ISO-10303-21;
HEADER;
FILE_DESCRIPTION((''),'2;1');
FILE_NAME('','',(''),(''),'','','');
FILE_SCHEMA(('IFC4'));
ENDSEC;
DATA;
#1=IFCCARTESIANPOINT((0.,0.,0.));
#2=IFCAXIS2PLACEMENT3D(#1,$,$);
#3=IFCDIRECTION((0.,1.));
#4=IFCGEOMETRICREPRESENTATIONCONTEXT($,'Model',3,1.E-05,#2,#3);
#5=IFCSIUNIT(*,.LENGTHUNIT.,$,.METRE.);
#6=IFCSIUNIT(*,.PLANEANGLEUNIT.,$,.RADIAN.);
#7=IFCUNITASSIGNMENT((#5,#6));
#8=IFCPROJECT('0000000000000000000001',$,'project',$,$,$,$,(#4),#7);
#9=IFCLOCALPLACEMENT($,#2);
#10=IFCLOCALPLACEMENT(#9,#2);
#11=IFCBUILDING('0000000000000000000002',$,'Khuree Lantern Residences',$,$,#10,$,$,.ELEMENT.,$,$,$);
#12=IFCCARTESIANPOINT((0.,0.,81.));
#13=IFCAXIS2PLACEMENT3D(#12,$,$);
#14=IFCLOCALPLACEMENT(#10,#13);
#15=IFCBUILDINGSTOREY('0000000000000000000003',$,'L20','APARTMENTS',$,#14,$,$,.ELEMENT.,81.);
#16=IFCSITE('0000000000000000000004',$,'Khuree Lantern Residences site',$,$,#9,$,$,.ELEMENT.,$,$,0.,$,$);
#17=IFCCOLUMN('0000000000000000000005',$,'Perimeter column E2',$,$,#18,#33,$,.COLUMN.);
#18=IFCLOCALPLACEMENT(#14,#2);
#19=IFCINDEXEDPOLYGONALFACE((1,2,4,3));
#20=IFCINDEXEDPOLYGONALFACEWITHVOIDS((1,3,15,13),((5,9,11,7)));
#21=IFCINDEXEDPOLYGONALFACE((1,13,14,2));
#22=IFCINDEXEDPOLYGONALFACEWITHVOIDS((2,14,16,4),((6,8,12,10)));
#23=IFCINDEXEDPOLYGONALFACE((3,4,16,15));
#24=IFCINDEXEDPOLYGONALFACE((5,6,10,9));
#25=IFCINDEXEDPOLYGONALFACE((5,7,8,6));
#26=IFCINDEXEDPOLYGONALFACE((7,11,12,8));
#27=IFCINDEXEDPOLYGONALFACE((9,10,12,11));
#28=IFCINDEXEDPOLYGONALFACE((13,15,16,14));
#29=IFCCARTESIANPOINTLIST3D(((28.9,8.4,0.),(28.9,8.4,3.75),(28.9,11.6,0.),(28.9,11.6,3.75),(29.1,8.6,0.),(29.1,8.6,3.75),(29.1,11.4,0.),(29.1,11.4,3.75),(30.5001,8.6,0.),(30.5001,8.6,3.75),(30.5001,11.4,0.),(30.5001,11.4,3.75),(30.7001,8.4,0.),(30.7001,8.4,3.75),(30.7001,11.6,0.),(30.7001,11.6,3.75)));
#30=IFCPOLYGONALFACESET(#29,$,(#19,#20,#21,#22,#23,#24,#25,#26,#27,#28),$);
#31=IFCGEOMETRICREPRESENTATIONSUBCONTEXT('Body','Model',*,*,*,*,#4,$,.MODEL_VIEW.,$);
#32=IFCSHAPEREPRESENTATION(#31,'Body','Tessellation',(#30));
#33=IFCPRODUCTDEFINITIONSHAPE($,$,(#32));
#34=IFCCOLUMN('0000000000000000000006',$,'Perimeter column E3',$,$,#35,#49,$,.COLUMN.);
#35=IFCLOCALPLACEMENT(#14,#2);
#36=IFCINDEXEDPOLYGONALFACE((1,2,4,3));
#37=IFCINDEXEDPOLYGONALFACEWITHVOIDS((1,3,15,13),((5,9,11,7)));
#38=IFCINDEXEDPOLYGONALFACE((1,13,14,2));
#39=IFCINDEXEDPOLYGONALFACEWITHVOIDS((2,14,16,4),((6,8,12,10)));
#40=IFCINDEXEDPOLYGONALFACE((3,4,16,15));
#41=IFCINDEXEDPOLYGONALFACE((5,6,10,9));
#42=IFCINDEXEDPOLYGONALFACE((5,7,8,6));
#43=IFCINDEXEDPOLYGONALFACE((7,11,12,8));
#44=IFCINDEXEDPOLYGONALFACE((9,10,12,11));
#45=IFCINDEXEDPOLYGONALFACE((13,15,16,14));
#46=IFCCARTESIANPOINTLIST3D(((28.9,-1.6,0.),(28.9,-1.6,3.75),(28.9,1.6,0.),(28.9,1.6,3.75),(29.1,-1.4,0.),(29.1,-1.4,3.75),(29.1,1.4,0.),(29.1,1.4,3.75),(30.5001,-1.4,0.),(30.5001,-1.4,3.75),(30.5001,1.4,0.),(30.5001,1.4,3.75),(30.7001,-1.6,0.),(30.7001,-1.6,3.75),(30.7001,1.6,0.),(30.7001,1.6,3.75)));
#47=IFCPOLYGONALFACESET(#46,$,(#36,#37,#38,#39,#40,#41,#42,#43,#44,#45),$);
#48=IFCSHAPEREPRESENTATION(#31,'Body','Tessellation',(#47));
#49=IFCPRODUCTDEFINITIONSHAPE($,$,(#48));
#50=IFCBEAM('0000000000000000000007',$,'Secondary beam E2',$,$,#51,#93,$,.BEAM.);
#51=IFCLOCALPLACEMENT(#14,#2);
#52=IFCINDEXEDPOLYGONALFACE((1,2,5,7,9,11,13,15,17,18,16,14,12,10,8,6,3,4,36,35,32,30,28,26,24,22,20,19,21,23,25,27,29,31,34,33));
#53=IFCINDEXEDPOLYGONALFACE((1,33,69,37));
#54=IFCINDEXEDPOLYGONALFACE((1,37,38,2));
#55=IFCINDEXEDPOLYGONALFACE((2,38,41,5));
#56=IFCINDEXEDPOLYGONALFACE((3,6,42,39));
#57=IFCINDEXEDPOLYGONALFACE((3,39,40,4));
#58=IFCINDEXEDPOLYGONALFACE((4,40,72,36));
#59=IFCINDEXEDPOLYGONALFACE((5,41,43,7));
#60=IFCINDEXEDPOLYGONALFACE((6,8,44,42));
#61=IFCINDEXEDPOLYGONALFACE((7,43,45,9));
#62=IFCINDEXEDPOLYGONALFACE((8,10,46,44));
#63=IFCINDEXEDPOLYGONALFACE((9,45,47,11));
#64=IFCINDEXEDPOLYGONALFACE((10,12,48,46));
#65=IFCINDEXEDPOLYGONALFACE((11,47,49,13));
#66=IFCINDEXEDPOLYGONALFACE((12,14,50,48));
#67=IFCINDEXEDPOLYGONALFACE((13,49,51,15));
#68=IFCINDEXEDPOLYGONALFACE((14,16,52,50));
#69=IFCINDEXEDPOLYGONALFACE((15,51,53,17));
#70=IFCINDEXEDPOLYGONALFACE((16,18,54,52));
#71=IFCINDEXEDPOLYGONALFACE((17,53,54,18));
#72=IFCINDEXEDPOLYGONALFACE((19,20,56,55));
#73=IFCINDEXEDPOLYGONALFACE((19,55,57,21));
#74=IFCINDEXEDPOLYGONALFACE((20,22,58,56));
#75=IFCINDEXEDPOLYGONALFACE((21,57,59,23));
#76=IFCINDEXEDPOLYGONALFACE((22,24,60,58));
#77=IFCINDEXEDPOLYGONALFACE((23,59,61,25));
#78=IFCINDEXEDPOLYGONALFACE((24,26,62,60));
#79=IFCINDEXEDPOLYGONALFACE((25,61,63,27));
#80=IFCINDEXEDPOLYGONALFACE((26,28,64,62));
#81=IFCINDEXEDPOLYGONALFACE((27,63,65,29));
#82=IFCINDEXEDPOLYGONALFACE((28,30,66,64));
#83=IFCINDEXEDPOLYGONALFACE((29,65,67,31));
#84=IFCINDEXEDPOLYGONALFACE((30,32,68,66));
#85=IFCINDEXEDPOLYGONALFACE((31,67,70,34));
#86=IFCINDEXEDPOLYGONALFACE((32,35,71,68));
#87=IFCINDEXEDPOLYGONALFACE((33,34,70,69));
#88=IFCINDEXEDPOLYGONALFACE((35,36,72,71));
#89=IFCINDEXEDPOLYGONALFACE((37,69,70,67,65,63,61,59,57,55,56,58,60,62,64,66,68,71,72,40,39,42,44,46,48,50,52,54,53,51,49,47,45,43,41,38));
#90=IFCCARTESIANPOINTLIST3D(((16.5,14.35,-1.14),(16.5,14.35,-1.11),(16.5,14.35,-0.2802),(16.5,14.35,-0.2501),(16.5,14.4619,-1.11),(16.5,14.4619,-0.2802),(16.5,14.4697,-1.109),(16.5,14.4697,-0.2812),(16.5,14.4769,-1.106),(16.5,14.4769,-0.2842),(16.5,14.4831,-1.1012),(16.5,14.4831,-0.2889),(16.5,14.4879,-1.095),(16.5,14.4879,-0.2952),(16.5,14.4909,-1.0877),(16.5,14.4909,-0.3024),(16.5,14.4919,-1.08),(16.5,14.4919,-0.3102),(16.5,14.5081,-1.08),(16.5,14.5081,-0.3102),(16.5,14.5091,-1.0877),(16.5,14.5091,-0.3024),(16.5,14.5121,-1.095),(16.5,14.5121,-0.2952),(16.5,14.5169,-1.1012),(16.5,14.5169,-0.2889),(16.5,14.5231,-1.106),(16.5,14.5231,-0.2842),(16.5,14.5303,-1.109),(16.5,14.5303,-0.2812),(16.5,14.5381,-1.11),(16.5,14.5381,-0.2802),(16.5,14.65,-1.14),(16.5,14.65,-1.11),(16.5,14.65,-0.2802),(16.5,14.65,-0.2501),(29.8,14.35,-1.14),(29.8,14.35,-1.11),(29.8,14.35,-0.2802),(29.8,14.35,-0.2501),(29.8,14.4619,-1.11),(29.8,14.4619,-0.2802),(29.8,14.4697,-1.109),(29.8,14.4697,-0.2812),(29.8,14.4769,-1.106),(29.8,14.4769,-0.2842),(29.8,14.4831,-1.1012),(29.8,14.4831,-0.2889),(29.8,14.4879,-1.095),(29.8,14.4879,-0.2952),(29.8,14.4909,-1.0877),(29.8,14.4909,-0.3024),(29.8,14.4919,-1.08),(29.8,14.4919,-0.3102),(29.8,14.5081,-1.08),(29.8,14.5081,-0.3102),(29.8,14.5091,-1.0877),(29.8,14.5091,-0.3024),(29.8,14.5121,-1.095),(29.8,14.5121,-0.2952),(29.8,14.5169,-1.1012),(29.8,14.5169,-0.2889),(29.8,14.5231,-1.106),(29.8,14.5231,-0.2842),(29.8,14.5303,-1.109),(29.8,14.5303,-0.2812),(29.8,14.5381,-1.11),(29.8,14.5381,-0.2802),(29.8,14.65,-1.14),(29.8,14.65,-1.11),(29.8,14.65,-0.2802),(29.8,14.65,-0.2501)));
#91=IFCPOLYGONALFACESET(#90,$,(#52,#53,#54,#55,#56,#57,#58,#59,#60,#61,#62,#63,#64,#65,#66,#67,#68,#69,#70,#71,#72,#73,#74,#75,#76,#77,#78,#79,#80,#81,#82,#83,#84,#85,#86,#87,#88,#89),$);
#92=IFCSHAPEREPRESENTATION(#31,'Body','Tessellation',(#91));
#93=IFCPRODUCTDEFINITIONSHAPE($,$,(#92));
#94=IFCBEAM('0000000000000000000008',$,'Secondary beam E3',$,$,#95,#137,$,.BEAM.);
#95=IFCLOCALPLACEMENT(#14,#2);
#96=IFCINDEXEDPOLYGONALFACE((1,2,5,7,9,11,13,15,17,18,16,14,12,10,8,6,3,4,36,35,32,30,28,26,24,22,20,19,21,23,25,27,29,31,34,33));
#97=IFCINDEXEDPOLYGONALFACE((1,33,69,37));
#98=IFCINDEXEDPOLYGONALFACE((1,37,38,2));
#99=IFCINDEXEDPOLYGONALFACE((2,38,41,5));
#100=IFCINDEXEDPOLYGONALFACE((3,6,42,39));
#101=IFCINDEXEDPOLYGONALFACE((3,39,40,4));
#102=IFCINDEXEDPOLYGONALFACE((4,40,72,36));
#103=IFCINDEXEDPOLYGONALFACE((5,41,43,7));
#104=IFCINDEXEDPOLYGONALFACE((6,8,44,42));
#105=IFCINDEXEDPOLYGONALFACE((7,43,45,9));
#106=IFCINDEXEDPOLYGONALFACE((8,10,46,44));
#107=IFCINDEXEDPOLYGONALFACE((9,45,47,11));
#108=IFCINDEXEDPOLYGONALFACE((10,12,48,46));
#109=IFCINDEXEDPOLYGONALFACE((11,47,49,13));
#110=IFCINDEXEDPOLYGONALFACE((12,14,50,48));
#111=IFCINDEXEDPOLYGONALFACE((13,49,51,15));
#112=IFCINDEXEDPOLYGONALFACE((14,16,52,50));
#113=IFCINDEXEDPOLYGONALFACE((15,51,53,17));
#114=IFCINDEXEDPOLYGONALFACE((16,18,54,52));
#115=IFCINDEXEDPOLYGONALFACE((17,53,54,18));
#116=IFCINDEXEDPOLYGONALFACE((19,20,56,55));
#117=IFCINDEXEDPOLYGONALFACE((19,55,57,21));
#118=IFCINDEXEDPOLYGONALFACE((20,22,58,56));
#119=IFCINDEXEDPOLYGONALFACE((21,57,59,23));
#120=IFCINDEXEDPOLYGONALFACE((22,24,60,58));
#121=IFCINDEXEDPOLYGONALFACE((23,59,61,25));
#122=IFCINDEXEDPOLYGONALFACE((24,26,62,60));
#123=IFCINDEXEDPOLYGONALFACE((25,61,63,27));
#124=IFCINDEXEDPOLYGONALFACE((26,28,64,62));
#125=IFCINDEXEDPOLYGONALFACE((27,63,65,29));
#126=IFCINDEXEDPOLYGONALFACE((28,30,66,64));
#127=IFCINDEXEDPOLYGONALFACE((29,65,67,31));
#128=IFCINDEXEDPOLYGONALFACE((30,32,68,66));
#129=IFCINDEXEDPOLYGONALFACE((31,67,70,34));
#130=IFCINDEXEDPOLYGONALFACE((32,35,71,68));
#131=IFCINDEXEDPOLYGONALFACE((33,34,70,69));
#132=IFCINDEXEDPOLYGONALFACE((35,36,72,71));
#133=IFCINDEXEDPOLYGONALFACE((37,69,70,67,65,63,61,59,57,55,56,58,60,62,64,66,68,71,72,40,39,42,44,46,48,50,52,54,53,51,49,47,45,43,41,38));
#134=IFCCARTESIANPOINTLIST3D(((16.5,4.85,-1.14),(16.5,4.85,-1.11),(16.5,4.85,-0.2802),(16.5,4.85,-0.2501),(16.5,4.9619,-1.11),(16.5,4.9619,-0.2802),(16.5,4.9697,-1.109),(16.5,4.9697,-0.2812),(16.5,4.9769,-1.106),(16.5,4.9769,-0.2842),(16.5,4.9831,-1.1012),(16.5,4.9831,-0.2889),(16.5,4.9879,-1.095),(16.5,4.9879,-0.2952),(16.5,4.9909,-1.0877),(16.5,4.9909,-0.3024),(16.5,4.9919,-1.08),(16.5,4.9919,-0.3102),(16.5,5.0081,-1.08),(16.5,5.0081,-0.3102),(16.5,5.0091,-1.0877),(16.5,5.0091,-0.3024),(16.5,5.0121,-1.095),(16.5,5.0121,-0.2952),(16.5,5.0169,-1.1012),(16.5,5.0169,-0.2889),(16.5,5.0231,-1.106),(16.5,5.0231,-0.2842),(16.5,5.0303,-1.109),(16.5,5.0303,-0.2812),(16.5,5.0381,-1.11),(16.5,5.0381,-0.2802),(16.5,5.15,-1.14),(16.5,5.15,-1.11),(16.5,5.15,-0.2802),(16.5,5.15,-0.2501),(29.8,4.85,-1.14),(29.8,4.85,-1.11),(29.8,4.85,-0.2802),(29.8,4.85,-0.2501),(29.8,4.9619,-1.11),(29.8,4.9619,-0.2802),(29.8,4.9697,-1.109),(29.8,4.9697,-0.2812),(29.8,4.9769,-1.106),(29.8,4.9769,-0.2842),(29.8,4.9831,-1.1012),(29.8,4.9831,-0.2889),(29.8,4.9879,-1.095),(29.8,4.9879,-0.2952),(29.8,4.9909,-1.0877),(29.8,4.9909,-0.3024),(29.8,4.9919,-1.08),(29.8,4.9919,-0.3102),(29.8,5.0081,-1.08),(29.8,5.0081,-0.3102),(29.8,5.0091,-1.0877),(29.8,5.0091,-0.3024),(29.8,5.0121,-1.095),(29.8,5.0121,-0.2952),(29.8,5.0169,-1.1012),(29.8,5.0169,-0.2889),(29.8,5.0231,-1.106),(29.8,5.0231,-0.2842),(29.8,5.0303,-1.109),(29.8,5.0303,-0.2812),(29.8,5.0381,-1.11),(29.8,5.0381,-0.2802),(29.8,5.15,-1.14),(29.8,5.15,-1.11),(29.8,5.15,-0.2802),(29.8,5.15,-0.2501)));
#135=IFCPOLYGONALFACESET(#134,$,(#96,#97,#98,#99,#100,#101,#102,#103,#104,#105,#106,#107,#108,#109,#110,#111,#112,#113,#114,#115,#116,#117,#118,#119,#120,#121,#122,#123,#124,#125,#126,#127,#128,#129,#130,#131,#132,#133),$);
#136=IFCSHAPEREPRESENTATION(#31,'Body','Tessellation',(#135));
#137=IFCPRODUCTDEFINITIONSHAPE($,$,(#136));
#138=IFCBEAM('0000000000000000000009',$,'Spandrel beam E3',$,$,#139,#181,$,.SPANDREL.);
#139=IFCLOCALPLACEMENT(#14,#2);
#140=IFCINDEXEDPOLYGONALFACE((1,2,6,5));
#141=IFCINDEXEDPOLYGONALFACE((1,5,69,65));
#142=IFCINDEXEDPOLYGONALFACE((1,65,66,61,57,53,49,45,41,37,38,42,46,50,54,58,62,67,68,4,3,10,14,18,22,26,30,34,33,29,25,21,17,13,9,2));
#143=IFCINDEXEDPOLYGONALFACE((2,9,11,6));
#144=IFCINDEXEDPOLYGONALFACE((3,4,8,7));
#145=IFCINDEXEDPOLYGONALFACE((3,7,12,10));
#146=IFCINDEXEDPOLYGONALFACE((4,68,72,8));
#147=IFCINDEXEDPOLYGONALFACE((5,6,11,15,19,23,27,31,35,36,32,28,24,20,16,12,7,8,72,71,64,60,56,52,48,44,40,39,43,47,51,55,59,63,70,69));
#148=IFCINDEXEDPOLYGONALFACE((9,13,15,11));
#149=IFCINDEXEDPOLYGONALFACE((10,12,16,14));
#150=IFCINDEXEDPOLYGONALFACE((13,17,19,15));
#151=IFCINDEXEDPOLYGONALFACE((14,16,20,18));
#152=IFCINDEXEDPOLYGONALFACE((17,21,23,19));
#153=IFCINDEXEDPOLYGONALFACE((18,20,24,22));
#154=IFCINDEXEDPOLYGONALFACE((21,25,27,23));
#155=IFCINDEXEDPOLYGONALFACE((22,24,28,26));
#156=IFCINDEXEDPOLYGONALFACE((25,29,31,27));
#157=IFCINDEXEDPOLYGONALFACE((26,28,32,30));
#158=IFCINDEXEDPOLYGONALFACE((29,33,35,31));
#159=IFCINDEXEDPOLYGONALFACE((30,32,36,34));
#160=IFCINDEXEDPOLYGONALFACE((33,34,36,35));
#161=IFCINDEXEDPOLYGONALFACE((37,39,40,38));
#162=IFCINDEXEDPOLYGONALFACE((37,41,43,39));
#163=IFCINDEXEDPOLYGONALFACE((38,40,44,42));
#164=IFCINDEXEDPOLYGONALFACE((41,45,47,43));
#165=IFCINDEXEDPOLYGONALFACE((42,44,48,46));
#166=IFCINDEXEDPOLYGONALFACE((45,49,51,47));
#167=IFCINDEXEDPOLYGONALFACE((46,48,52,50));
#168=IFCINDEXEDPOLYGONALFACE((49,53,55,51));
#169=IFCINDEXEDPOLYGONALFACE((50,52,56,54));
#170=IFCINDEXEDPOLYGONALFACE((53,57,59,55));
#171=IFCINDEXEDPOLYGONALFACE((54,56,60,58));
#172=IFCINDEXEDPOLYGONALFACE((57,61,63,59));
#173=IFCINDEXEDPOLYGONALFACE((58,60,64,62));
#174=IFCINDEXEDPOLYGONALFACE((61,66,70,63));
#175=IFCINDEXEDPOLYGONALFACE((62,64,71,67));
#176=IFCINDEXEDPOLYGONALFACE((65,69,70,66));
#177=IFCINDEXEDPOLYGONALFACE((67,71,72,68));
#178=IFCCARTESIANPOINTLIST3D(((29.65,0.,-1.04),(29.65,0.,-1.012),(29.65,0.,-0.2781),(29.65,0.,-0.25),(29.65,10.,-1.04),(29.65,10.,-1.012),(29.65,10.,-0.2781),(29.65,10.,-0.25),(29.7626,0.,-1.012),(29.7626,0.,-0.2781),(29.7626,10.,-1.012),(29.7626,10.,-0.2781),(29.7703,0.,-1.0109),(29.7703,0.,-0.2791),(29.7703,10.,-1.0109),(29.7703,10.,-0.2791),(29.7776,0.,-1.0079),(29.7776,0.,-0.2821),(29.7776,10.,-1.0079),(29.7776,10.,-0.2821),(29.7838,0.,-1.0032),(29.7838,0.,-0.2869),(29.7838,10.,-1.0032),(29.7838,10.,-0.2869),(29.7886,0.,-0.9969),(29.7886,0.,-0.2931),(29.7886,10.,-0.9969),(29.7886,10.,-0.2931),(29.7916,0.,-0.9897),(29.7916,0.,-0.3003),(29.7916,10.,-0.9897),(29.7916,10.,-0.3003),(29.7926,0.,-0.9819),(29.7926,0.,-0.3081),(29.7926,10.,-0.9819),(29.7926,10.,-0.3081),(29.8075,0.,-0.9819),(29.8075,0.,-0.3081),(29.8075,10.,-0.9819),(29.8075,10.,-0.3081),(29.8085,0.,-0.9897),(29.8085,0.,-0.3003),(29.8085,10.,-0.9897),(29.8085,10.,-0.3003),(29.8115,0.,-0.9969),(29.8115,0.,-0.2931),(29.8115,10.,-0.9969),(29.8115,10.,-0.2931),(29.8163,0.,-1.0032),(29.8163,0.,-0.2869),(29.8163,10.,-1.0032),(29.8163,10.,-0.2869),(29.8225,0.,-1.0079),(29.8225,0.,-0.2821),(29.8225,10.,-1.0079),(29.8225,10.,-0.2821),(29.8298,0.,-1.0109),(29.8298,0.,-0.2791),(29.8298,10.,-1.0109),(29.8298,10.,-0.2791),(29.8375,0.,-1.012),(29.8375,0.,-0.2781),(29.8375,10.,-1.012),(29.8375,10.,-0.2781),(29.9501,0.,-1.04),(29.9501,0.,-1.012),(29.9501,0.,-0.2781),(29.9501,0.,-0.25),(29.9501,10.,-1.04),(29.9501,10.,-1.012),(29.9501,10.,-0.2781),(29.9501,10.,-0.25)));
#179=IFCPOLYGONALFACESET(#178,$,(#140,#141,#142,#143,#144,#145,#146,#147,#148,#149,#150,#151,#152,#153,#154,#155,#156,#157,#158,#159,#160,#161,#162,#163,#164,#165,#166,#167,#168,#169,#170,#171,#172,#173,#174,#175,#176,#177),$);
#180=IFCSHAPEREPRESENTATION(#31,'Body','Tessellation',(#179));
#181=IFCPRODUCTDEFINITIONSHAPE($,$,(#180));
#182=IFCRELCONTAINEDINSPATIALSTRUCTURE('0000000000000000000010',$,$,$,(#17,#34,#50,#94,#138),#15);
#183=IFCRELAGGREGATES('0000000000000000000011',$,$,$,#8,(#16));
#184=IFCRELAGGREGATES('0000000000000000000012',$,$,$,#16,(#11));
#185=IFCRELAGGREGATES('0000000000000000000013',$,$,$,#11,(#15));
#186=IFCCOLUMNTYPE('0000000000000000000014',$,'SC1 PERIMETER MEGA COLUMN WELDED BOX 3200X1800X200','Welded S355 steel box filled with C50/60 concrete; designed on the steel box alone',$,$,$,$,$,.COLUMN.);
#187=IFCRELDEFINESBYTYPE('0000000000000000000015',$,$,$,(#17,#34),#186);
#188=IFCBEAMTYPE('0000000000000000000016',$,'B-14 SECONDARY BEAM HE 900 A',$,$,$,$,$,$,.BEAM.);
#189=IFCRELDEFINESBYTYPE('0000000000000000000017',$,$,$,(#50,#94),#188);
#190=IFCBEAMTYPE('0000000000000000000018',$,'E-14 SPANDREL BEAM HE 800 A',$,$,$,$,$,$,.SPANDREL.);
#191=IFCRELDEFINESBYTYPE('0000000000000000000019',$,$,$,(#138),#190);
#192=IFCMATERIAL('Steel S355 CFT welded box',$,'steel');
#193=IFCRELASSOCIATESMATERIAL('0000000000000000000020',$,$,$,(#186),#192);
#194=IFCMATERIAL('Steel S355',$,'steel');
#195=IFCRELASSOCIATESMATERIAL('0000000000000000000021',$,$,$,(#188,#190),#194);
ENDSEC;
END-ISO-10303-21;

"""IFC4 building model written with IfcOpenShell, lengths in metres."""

from ifc_helpers import new_model, si_unit, direction, frame, origin, origin_2d, place, context, subcontext, project, spatial, hollow_rectangle, i_section, extrude, material, material_profile, profile_set, type_object, element, save


model = new_model("IFC4")

# Units and contexts
model_context = context("Model", 3, precision=1e-05, world=origin(), true_north=direction((0.0, 1.0)))
body_context = subcontext(model_context, "Body", "Model", "MODEL_VIEW")
ifc_project = project(units=[si_unit("LENGTHUNIT", "METRE"), si_unit("PLANEANGLEUNIT", "RADIAN")], contexts=[model_context])

# Site, building, storey
site_placement = place(None, origin())
site = spatial("IfcSite", under=ifc_project, at=site_placement, Name="Khuree Lantern Residences site", CompositionType="ELEMENT", RefElevation=0.0)
building_placement = place(site_placement, origin())
building = spatial("IfcBuilding", under=site, at=building_placement, Name="Khuree Lantern Residences", CompositionType="ELEMENT")
storey_placement = place(building_placement, frame((0.0, 0.0, 81.0)))
storey = spatial("IfcBuildingStorey", under=building, at=storey_placement, Name="L20", Description="APARTMENTS", CompositionType="ELEMENT", Elevation=81.0)

# Columns
ifc_material_1 = material(Name="Steel S355 CFT welded box", Category="steel")
ifc_material_profile_1 = material_profile(ifc_material_1, hollow_rectangle(XDim=3.2, YDim=1.8, WallThickness=0.2, at=origin_2d()), Name="WELDED BOX 3200X1800X200")
ifc_profile_set_1 = profile_set([ifc_material_profile_1], Name="Steel S355 CFT welded box")
column_type = type_object("IfcColumnType", Name="SC1 PERIMETER MEGA COLUMN WELDED BOX 3200X1800X200", Description="Welded S355 steel box filled with C50/60 concrete; designed on the steel box alone", PredefinedType="COLUMN", material=ifc_profile_set_1)
for number, where, z_axis, x_axis, name in (
    (1, (29.8, 10.0, 0.0), (0.0, 0.0, 1.0), (0.0, 1.0, 0.0), "Perimeter column E2"),
    (2, (29.8, 0.0, 0.0), (0.0, 0.0, 1.0), (0.0, 1.0, 0.0), "Perimeter column E3"),
):
    element("IfcColumn", number, at=place(storey_placement, frame(where, z_axis=z_axis, x_axis=x_axis)), inside=storey, type_object=column_type, Name=name, PredefinedType="COLUMN", context=body_context, shape_type="SweptSolid", body=[
        extrude(hollow_rectangle(XDim=3.2, YDim=1.8, WallThickness=0.2, at=origin_2d()), origin(), (0.0, 0.0, 1.0), 3.75),
    ])

# Beams
ifc_material_2 = material(Name="Steel S355", Category="steel")
ifc_material_profile_2 = material_profile(ifc_material_2, i_section(OverallWidth=0.3, OverallDepth=0.8899, WebThickness=0.0161, FlangeThickness=0.03, FilletRadius=0.03, at=origin_2d()), Name="HE 900 A")
ifc_profile_set_2 = profile_set([ifc_material_profile_2], Name="Steel S355")
beam_type_1 = type_object("IfcBeamType", Name="B-14 SECONDARY BEAM HE 900 A", PredefinedType="BEAM", material=ifc_profile_set_2)
for number, where, z_axis, x_axis, name in (
    (3, (29.8, 14.5, -0.6951), (-1.0, 0.0, 0.0), (0.0, -1.0, 0.0), "Secondary beam E2"),
    (4, (29.8, 5.0, -0.6951), (-1.0, 0.0, 0.0), (0.0, -1.0, 0.0), "Secondary beam E3"),
):
    element("IfcBeam", number, at=place(storey_placement, frame(where, z_axis=z_axis, x_axis=x_axis)), inside=storey, type_object=beam_type_1, Name=name, PredefinedType="BEAM", context=body_context, shape_type="SweptSolid", body=[
        extrude(i_section(OverallWidth=0.3, OverallDepth=0.8899, WebThickness=0.0161, FlangeThickness=0.03, FilletRadius=0.03, at=origin_2d()), origin(), (0.0, 0.0, 1.0), 13.3),
    ])
ifc_material_profile_3 = material_profile(ifc_material_2, i_section(OverallWidth=0.3, OverallDepth=0.79, WebThickness=0.0149, FlangeThickness=0.0281, FilletRadius=0.03, at=origin_2d()), Name="HE 800 A")
ifc_profile_set_3 = profile_set([ifc_material_profile_3], Name="Steel S355")
beam_type_2 = type_object("IfcBeamType", Name="E-14 SPANDREL BEAM HE 800 A", PredefinedType="SPANDREL", material=ifc_profile_set_3)
for number, where, z_axis, x_axis, name in (
    (5, (29.8, 10.0, -0.645), (0.0, -1.0, 0.0), (1.0, 0.0, 0.0), "Spandrel beam E3"),
):
    element("IfcBeam", number, at=place(storey_placement, frame(where, z_axis=z_axis, x_axis=x_axis)), inside=storey, type_object=beam_type_2, Name=name, PredefinedType="SPANDREL", context=body_context, shape_type="SweptSolid", body=[
        extrude(i_section(OverallWidth=0.3, OverallDepth=0.79, WebThickness=0.0149, FlangeThickness=0.0281, FilletRadius=0.03, at=origin_2d()), origin(), (0.0, 0.0, 1.0), 10.0),
    ])

save(model, "model.ifc")
